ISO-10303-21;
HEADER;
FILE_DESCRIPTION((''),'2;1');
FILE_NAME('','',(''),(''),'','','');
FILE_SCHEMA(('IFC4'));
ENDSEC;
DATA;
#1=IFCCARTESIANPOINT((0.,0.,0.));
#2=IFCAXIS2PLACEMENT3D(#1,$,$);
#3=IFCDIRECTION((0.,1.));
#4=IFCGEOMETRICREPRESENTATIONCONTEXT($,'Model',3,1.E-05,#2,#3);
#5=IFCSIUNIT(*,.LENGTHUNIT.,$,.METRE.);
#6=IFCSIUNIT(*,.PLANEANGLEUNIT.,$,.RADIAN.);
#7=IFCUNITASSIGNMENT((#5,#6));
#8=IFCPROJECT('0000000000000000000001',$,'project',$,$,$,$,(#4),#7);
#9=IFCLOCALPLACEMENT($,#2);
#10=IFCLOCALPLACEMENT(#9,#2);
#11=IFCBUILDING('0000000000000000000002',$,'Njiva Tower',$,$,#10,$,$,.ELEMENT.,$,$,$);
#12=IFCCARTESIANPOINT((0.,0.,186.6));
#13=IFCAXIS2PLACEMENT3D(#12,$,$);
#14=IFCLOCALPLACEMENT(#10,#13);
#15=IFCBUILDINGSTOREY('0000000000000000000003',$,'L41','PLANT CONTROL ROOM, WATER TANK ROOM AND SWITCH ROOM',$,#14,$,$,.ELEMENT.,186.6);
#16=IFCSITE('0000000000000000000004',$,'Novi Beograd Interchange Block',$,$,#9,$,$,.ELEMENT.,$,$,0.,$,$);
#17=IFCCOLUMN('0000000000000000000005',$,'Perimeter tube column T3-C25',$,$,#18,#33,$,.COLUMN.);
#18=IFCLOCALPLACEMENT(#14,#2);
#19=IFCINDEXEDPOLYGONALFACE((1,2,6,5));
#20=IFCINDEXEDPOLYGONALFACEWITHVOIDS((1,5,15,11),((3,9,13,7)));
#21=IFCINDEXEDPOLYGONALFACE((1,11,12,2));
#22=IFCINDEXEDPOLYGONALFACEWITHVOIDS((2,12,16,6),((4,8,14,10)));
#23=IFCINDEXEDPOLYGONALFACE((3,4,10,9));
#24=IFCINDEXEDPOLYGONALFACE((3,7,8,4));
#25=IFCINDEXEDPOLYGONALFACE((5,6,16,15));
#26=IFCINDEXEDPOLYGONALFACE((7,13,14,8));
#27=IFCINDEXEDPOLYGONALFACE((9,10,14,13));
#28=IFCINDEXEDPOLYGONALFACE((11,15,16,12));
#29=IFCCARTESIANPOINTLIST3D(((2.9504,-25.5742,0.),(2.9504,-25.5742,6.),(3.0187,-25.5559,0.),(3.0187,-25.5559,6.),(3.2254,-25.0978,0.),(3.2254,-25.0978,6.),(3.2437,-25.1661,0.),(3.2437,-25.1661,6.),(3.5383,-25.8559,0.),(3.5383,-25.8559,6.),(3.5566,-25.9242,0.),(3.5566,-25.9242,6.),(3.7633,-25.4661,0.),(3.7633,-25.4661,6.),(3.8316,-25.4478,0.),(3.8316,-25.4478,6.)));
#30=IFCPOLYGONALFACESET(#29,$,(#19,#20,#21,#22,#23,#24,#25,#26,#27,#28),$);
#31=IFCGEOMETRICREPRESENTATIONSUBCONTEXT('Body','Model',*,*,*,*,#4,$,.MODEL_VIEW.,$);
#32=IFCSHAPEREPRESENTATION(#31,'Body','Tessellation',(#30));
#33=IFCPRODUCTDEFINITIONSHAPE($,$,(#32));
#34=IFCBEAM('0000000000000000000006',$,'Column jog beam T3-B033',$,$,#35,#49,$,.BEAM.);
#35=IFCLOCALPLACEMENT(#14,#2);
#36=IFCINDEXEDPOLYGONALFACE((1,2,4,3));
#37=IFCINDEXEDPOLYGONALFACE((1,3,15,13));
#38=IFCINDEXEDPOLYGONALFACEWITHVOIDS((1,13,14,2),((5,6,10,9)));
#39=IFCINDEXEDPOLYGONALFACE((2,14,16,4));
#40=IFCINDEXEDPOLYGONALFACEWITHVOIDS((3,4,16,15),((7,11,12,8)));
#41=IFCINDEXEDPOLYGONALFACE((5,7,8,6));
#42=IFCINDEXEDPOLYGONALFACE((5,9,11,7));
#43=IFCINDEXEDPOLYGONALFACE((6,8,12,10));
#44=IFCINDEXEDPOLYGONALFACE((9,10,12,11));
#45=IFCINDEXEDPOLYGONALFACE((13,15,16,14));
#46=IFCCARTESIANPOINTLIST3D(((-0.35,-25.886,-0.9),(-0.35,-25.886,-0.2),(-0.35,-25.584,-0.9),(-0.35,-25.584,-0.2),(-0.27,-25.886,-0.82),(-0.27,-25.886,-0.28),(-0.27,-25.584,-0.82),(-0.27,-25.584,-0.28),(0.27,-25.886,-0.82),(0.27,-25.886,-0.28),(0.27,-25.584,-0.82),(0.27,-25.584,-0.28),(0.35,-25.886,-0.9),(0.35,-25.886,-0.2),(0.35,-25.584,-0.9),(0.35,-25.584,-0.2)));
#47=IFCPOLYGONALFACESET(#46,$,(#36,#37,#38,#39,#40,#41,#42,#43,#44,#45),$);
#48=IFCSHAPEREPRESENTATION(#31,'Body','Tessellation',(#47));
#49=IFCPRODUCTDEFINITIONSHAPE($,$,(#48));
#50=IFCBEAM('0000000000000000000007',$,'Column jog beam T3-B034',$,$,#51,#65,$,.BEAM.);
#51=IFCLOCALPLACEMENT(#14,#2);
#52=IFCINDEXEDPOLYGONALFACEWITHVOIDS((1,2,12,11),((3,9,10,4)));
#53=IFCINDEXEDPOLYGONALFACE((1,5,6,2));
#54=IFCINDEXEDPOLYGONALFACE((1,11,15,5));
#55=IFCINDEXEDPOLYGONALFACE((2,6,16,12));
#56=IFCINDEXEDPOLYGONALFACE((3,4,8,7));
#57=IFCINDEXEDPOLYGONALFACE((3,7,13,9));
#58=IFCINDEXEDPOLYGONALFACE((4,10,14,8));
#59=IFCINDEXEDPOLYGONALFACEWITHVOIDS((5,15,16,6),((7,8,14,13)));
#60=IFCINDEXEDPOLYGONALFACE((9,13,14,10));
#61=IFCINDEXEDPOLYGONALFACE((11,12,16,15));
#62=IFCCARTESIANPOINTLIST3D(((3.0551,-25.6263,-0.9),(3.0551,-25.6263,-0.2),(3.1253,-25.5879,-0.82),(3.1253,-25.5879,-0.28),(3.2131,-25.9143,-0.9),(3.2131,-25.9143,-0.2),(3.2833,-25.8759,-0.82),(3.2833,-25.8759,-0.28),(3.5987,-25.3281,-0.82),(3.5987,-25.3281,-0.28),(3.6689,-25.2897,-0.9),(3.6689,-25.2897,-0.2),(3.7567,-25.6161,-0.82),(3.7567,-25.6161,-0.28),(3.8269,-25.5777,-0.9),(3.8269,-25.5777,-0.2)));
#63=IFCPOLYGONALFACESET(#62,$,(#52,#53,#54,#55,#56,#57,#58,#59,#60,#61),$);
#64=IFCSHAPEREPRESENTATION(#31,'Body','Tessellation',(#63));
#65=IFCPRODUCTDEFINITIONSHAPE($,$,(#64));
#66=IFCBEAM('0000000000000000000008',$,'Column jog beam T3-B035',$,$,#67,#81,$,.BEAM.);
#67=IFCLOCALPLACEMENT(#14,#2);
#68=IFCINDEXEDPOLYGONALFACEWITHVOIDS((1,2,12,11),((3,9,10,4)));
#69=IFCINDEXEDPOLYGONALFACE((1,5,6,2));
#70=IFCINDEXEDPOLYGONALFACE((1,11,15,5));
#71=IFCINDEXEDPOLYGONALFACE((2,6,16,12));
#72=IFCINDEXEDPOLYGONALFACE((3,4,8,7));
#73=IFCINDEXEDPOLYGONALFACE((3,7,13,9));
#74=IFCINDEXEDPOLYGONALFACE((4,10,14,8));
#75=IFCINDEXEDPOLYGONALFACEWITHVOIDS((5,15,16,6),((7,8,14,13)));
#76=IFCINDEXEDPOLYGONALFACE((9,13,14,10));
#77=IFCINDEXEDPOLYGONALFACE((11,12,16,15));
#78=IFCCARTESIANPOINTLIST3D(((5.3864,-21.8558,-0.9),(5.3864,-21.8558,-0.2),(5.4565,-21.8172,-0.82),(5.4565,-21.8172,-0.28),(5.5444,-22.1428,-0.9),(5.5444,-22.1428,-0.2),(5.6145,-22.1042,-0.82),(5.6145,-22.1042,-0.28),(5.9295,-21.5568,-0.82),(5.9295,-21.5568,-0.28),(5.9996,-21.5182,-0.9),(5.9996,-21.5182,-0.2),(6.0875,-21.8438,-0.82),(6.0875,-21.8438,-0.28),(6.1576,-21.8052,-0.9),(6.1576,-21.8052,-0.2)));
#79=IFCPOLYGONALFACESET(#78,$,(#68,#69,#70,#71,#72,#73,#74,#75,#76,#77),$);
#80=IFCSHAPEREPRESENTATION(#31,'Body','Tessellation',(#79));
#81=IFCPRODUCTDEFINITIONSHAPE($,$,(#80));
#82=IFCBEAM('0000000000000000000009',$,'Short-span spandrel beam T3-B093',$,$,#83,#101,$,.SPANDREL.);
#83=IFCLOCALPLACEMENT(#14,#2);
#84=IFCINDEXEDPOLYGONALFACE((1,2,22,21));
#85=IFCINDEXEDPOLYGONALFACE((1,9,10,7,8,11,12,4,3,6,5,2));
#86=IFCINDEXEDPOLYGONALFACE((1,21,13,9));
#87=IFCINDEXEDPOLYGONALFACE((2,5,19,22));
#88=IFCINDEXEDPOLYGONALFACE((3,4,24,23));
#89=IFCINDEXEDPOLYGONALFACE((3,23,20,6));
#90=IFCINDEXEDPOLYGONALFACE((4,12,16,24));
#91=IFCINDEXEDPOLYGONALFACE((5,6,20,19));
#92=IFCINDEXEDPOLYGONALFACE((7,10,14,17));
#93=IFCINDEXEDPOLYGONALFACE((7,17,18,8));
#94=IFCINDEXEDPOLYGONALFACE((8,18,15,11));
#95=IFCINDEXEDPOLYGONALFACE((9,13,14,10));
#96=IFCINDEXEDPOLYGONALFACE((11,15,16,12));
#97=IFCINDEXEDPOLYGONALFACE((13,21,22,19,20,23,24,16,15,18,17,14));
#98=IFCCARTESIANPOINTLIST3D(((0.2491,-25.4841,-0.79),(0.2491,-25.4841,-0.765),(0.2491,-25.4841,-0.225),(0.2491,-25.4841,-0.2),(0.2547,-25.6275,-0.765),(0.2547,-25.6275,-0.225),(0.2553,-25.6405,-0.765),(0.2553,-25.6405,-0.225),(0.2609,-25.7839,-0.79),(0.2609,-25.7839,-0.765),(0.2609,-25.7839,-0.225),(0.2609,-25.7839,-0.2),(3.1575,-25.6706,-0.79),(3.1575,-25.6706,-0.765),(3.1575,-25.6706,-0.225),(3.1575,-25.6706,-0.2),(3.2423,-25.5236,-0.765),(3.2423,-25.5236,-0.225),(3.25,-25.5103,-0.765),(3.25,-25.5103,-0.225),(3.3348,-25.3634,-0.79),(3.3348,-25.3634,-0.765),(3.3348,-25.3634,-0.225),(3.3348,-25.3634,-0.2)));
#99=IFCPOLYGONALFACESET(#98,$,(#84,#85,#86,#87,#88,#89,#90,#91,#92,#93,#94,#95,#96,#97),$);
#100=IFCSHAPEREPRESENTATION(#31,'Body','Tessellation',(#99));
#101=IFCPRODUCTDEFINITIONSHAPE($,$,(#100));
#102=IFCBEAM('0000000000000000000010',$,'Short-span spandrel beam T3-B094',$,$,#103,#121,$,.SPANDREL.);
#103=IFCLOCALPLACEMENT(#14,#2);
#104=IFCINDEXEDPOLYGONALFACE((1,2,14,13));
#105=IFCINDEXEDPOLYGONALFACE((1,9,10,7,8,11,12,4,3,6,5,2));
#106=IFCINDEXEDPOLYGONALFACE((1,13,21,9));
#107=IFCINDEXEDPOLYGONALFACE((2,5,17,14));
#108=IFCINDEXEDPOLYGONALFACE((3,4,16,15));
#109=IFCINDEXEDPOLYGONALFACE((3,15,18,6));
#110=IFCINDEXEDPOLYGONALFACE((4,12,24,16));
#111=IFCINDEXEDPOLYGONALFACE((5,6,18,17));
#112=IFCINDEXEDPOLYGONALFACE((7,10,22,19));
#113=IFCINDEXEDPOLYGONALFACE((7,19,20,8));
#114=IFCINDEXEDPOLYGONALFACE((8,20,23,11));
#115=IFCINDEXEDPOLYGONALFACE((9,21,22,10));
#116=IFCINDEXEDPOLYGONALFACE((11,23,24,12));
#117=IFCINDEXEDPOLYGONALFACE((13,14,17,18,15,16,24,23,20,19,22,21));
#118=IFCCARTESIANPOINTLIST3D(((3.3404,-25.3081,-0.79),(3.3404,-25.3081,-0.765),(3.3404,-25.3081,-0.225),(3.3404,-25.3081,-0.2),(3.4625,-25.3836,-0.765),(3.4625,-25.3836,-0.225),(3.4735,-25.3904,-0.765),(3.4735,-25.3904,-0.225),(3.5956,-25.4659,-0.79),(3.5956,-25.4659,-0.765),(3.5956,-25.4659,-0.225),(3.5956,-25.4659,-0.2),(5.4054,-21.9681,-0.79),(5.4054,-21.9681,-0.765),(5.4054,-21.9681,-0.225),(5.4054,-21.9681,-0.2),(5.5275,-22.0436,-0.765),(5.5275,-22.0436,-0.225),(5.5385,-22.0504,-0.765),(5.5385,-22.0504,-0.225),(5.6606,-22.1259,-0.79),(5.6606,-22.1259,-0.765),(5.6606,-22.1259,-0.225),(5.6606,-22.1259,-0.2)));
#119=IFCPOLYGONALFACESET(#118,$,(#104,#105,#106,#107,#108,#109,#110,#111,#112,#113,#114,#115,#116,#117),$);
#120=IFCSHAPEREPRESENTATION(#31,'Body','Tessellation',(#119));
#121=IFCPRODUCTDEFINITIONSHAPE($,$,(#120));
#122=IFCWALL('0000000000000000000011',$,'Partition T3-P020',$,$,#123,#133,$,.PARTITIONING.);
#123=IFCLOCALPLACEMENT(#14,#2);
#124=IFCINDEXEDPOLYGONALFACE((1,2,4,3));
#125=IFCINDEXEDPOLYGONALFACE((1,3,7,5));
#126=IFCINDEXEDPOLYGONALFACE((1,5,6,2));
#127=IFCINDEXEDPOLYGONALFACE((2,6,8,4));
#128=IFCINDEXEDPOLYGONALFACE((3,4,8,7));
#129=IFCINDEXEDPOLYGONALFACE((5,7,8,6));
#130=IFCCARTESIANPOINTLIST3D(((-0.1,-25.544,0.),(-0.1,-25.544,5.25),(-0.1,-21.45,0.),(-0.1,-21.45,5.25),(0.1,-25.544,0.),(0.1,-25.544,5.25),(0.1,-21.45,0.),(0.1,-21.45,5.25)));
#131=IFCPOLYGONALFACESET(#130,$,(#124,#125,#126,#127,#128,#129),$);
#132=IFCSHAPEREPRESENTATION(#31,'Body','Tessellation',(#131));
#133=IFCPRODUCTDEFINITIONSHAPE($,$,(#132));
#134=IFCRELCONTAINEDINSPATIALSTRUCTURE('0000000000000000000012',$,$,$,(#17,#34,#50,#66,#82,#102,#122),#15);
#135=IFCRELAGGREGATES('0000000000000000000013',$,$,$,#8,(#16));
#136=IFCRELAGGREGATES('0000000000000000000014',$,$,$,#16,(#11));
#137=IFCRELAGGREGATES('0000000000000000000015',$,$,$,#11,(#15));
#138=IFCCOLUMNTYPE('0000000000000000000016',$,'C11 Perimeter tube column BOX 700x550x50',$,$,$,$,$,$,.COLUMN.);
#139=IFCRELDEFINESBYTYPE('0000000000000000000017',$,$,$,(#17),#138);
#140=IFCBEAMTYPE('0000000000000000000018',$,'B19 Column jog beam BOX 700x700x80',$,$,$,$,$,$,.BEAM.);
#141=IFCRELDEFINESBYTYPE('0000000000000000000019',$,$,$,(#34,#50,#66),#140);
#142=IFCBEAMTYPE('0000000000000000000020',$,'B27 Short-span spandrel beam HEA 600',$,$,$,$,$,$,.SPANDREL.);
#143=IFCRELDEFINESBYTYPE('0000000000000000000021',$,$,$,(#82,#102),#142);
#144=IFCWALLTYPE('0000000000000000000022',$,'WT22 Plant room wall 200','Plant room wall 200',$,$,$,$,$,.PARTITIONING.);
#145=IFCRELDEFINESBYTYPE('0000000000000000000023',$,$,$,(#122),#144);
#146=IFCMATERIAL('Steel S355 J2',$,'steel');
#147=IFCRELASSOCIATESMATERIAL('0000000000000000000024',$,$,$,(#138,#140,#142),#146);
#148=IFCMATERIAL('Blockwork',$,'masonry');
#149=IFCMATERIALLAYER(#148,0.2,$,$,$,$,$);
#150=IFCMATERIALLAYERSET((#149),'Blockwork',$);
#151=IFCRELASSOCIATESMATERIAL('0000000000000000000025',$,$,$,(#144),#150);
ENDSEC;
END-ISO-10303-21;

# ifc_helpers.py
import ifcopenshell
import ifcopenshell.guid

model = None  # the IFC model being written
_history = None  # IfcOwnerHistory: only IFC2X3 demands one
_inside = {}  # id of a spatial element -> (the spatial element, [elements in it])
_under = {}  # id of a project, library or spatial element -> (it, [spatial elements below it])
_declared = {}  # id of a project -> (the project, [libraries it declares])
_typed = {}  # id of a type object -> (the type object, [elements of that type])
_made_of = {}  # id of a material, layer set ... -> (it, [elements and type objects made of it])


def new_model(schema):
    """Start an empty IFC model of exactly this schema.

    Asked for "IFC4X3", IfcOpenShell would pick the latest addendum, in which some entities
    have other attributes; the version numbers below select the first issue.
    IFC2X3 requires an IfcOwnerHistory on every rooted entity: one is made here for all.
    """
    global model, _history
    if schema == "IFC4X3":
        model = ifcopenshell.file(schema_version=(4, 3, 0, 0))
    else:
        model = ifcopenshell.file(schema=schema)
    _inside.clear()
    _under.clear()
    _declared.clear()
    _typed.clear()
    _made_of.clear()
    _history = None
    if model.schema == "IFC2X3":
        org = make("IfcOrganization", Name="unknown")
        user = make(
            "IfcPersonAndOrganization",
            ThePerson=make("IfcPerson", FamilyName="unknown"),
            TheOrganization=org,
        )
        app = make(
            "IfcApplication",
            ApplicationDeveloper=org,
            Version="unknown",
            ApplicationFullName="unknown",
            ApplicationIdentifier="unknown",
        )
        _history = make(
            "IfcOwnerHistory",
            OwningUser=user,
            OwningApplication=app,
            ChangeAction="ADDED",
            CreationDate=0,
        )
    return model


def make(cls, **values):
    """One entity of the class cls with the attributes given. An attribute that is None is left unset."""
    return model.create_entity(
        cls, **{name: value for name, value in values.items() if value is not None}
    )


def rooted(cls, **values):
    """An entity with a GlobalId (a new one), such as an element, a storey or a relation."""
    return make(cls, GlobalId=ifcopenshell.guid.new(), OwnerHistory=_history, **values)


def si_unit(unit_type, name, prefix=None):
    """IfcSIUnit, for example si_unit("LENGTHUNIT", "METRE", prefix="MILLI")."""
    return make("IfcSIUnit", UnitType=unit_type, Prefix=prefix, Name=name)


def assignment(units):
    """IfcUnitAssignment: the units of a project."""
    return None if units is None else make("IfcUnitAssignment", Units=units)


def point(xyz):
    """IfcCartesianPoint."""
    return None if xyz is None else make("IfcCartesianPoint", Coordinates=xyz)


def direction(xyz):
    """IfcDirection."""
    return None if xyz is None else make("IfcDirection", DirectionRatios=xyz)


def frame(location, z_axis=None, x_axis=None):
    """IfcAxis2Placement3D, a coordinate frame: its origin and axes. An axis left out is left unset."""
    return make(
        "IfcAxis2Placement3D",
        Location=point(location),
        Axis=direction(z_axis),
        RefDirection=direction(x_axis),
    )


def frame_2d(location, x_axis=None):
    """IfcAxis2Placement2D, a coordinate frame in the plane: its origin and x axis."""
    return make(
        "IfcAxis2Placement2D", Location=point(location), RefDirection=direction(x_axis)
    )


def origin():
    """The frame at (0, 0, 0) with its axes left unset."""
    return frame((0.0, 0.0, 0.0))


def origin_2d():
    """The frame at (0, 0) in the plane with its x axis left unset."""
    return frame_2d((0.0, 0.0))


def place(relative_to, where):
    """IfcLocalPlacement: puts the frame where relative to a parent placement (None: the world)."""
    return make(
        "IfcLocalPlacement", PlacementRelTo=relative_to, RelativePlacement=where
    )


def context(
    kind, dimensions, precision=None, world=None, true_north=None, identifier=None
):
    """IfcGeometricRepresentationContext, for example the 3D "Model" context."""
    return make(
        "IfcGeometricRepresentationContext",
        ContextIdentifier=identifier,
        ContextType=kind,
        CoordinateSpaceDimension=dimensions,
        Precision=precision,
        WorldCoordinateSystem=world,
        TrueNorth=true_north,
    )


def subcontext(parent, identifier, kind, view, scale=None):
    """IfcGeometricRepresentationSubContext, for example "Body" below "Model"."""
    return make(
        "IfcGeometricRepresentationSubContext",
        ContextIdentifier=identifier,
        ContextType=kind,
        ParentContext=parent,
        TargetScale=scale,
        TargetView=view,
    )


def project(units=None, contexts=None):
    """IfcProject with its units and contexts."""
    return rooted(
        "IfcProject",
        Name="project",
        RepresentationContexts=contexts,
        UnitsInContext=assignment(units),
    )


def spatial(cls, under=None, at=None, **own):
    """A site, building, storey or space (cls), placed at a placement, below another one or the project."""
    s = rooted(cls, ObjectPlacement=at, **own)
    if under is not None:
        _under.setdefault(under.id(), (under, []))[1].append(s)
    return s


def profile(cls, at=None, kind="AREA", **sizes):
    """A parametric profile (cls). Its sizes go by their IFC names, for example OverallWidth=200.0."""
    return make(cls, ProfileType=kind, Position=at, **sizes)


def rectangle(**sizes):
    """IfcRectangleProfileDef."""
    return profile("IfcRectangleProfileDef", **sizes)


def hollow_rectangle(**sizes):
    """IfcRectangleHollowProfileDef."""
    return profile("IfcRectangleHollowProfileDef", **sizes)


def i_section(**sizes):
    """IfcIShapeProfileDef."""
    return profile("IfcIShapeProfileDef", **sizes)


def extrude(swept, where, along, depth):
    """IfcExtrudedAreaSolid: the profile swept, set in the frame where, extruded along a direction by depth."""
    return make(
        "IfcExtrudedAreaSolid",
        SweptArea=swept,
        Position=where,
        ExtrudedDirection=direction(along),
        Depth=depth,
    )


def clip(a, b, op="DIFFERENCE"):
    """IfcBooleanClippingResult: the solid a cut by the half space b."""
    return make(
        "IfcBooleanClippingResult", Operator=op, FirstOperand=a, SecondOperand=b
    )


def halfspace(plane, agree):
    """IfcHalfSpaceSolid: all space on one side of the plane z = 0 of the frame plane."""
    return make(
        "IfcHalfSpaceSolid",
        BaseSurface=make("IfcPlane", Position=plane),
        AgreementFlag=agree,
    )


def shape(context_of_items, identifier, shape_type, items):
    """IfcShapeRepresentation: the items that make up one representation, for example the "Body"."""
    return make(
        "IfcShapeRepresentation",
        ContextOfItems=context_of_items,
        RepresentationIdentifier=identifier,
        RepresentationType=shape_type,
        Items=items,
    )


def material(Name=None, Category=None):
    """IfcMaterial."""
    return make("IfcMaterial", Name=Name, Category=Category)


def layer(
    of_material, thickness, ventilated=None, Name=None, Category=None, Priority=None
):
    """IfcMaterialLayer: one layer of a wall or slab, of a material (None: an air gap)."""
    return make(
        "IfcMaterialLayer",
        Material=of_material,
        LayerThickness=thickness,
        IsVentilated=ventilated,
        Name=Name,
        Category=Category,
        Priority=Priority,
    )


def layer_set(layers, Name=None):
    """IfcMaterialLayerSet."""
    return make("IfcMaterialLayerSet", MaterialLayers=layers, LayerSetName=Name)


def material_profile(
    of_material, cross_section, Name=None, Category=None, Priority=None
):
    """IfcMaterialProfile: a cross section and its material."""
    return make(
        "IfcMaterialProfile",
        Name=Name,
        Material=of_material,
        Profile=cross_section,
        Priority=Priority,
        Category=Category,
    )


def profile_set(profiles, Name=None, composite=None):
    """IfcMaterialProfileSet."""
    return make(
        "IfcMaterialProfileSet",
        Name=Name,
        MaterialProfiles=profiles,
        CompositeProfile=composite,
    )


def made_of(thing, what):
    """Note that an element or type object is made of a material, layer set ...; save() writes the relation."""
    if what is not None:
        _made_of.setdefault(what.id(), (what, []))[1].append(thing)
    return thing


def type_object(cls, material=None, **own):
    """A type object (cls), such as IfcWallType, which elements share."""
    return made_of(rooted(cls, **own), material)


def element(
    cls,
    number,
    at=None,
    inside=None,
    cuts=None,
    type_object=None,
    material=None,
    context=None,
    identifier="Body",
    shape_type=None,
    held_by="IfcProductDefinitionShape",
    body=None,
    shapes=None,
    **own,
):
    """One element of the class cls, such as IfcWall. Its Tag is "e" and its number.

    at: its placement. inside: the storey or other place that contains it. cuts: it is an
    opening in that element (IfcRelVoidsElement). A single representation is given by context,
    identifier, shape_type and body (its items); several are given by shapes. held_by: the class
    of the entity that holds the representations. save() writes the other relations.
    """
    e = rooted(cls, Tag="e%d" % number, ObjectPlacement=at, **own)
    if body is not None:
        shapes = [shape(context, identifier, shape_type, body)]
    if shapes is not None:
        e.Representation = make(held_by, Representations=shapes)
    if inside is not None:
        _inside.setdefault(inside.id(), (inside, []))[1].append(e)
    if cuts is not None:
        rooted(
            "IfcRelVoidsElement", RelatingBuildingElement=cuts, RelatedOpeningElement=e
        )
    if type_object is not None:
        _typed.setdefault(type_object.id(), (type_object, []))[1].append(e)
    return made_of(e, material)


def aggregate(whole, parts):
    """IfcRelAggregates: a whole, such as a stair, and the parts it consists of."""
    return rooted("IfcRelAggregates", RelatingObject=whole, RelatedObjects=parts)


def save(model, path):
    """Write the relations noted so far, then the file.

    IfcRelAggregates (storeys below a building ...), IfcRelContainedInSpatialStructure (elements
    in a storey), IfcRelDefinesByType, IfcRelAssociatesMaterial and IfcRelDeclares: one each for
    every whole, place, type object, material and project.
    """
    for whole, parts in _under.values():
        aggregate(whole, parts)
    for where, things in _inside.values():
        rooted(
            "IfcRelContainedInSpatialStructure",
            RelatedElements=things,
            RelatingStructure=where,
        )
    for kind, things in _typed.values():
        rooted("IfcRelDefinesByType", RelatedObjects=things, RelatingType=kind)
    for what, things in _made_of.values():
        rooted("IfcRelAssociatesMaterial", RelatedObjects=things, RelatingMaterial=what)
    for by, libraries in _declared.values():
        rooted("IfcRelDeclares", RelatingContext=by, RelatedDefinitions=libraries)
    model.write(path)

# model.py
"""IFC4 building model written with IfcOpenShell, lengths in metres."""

from ifc_helpers import new_model, si_unit, direction, frame, frame_2d, origin, origin_2d, place, context, subcontext, project, spatial, rectangle, hollow_rectangle, i_section, extrude, clip, halfspace, material, layer, layer_set, material_profile, profile_set, type_object, element, save


model = new_model("IFC4")

# Units and contexts
model_context = context("Model", 3, precision=1e-05, world=origin(), true_north=direction((0.0, 1.0)))
body_context = subcontext(model_context, "Body", "Model", "MODEL_VIEW")
ifc_project = project(units=[si_unit("LENGTHUNIT", "METRE"), si_unit("PLANEANGLEUNIT", "RADIAN")], contexts=[model_context])

# Site, building, storey
site_placement = place(None, origin())
site = spatial("IfcSite", under=ifc_project, at=site_placement, Name="Novi Beograd Interchange Block", CompositionType="ELEMENT", RefElevation=0.0)
building_placement = place(site_placement, origin())
building = spatial("IfcBuilding", under=site, at=building_placement, Name="Njiva Tower", CompositionType="ELEMENT")
storey_placement = place(building_placement, frame((0.0, 0.0, 186.6)))
storey = spatial("IfcBuildingStorey", under=building, at=storey_placement, Name="L41", Description="PLANT CONTROL ROOM, WATER TANK ROOM AND SWITCH ROOM", CompositionType="ELEMENT", Elevation=186.6)

# Column
ifc_material_1 = material(Name="Steel S355 J2", Category="steel")
ifc_material_profile_1 = material_profile(ifc_material_1, hollow_rectangle(XDim=0.55, YDim=0.7, WallThickness=0.05, at=origin_2d()), Name="BOX 700x550x50")
ifc_profile_set_1 = profile_set([ifc_material_profile_1], Name="Steel S355 J2")
column_type = type_object("IfcColumnType", Name="C11 Perimeter tube column BOX 700x550x50", PredefinedType="COLUMN", material=ifc_profile_set_1)
column_placement = place(storey_placement, frame((3.391, -25.511, 0.0), z_axis=(0.0, 0.0, 1.0), x_axis=(0.5, 0.866025, 0.0)))
element("IfcColumn", 1, at=column_placement, inside=storey, type_object=column_type, Name="Perimeter tube column T3-C25", PredefinedType="COLUMN", context=body_context, shape_type="SweptSolid", body=[
    extrude(hollow_rectangle(XDim=0.55, YDim=0.7, WallThickness=0.05, at=origin_2d()), origin(), (0.0, 0.0, 1.0), 6.0),
])

# Beams
ifc_material_profile_2 = material_profile(ifc_material_1, hollow_rectangle(XDim=0.7, YDim=0.7, WallThickness=0.08, at=origin_2d()), Name="BOX 700x700x80")
ifc_profile_set_2 = profile_set([ifc_material_profile_2], Name="Steel S355 J2")
beam_type_1 = type_object("IfcBeamType", Name="B19 Column jog beam BOX 700x700x80", PredefinedType="BEAM", material=ifc_profile_set_2)
beam_1_placement = place(storey_placement, frame((0.0, -25.886, -0.55), z_axis=(0.0, 1.0, 0.0), x_axis=(-1.0, 0.0, 0.0)))
element("IfcBeam", 2, at=beam_1_placement, inside=storey, type_object=beam_type_1, Name="Column jog beam T3-B033", PredefinedType="BEAM", context=body_context, shape_type="SweptSolid", body=[
    extrude(hollow_rectangle(XDim=0.7, YDim=0.7, WallThickness=0.08, at=origin_2d()), origin(), (0.0, 0.0, 1.0), 0.302),
])
beam_2_placement = place(storey_placement, frame((3.52, -25.746, -0.55), z_axis=(-0.480984, 0.87673, 0.0), x_axis=(-0.87673, -0.480984, 0.0)))
element("IfcBeam", 3, at=beam_2_placement, inside=storey, type_object=beam_type_1, Name="Column jog beam T3-B034", PredefinedType="BEAM", context=body_context, shape_type="SweptSolid", body=[
    extrude(hollow_rectangle(XDim=0.7, YDim=0.7, WallThickness=0.08, at=origin_2d()), origin(), (0.0, 0.0, 1.0), 0.3285),
])
beam_3_placement = place(storey_placement, frame((5.851, -21.974, -0.55), z_axis=(-0.48227, 0.876023, 0.0), x_axis=(-0.876023, -0.48227, 0.0)))
element("IfcBeam", 4, at=beam_3_placement, inside=storey, type_object=beam_type_1, Name="Column jog beam T3-B035", PredefinedType="BEAM", context=body_context, shape_type="SweptSolid", body=[
    extrude(hollow_rectangle(XDim=0.7, YDim=0.7, WallThickness=0.08, at=origin_2d()), origin(), (0.0, 0.0, 1.0), 0.3276),
])
ifc_material_profile_3 = material_profile(ifc_material_1, i_section(OverallWidth=0.3, OverallDepth=0.59, WebThickness=0.013, FlangeThickness=0.025, at=origin_2d()), Name="HEA 600")
ifc_profile_set_3 = profile_set([ifc_material_profile_3], Name="Steel S355 J2")
beam_type_2 = type_object("IfcBeamType", Name="B27 Short-span spandrel beam HEA 600", PredefinedType="SPANDREL", material=ifc_profile_set_3)
beam_4_placement = place(storey_placement, frame((0.255, -25.634, -0.495), z_axis=(0.999236, 0.039087, 0.0), x_axis=(-0.039087, 0.999236, 0.0)))
element("IfcBeam", 5, at=beam_4_placement, inside=storey, type_object=beam_type_2, Name="Short-span spandrel beam T3-B093", PredefinedType="SPANDREL", context=body_context, shape_type="Clipping", body=[
    clip(extrude(i_section(OverallWidth=0.3, OverallDepth=0.59, WebThickness=0.013, FlangeThickness=0.025, at=origin_2d()), origin(), (0.0, 0.0, 1.0), 3.1083), halfspace(frame((-0.0264, 0.0, 2.9768), z_axis=(-0.533467, 0.0, 0.845821), x_axis=(0.0, 1.0, 0.0)), False)),
])
beam_5_placement = place(storey_placement, frame((3.468, -25.387, -0.495), z_axis=(0.525872, 0.850564, 0.0), x_axis=(-0.850564, 0.525872, 0.0)))
element("IfcBeam", 6, at=beam_5_placement, inside=storey, type_object=beam_type_2, Name="Short-span spandrel beam T3-B094", PredefinedType="SPANDREL", context=body_context, shape_type="SweptSolid", body=[
    extrude(i_section(OverallWidth=0.3, OverallDepth=0.59, WebThickness=0.013, FlangeThickness=0.025, at=origin_2d()), origin(), (0.0, 0.0, 1.0), 3.9268),
])

# Wall
ifc_material_2 = material(Name="Blockwork", Category="masonry")
ifc_layer_1 = layer(ifc_material_2, 0.2)
ifc_layer_set_1 = layer_set([ifc_layer_1], Name="Blockwork")
wall_type_1 = type_object("IfcWallType", Name="WT22 Plant room wall 200", Description="Plant room wall 200", PredefinedType="PARTITIONING", material=ifc_layer_set_1)
wall_1_placement = place(storey_placement, frame((0.0, -25.544, 0.0), z_axis=(0.0, 0.0, 1.0), x_axis=(0.0, 1.0, 0.0)))
element("IfcWall", 7, at=wall_1_placement, inside=storey, type_object=wall_type_1, Name="Partition T3-P020", PredefinedType="PARTITIONING", context=body_context, shape_type="SweptSolid", body=[
    extrude(rectangle(XDim=4.094, YDim=0.2, at=frame_2d((2.047, 0.0))), origin(), (0.0, 0.0, 1.0), 5.25),
])

save(model, "model.ifc")
